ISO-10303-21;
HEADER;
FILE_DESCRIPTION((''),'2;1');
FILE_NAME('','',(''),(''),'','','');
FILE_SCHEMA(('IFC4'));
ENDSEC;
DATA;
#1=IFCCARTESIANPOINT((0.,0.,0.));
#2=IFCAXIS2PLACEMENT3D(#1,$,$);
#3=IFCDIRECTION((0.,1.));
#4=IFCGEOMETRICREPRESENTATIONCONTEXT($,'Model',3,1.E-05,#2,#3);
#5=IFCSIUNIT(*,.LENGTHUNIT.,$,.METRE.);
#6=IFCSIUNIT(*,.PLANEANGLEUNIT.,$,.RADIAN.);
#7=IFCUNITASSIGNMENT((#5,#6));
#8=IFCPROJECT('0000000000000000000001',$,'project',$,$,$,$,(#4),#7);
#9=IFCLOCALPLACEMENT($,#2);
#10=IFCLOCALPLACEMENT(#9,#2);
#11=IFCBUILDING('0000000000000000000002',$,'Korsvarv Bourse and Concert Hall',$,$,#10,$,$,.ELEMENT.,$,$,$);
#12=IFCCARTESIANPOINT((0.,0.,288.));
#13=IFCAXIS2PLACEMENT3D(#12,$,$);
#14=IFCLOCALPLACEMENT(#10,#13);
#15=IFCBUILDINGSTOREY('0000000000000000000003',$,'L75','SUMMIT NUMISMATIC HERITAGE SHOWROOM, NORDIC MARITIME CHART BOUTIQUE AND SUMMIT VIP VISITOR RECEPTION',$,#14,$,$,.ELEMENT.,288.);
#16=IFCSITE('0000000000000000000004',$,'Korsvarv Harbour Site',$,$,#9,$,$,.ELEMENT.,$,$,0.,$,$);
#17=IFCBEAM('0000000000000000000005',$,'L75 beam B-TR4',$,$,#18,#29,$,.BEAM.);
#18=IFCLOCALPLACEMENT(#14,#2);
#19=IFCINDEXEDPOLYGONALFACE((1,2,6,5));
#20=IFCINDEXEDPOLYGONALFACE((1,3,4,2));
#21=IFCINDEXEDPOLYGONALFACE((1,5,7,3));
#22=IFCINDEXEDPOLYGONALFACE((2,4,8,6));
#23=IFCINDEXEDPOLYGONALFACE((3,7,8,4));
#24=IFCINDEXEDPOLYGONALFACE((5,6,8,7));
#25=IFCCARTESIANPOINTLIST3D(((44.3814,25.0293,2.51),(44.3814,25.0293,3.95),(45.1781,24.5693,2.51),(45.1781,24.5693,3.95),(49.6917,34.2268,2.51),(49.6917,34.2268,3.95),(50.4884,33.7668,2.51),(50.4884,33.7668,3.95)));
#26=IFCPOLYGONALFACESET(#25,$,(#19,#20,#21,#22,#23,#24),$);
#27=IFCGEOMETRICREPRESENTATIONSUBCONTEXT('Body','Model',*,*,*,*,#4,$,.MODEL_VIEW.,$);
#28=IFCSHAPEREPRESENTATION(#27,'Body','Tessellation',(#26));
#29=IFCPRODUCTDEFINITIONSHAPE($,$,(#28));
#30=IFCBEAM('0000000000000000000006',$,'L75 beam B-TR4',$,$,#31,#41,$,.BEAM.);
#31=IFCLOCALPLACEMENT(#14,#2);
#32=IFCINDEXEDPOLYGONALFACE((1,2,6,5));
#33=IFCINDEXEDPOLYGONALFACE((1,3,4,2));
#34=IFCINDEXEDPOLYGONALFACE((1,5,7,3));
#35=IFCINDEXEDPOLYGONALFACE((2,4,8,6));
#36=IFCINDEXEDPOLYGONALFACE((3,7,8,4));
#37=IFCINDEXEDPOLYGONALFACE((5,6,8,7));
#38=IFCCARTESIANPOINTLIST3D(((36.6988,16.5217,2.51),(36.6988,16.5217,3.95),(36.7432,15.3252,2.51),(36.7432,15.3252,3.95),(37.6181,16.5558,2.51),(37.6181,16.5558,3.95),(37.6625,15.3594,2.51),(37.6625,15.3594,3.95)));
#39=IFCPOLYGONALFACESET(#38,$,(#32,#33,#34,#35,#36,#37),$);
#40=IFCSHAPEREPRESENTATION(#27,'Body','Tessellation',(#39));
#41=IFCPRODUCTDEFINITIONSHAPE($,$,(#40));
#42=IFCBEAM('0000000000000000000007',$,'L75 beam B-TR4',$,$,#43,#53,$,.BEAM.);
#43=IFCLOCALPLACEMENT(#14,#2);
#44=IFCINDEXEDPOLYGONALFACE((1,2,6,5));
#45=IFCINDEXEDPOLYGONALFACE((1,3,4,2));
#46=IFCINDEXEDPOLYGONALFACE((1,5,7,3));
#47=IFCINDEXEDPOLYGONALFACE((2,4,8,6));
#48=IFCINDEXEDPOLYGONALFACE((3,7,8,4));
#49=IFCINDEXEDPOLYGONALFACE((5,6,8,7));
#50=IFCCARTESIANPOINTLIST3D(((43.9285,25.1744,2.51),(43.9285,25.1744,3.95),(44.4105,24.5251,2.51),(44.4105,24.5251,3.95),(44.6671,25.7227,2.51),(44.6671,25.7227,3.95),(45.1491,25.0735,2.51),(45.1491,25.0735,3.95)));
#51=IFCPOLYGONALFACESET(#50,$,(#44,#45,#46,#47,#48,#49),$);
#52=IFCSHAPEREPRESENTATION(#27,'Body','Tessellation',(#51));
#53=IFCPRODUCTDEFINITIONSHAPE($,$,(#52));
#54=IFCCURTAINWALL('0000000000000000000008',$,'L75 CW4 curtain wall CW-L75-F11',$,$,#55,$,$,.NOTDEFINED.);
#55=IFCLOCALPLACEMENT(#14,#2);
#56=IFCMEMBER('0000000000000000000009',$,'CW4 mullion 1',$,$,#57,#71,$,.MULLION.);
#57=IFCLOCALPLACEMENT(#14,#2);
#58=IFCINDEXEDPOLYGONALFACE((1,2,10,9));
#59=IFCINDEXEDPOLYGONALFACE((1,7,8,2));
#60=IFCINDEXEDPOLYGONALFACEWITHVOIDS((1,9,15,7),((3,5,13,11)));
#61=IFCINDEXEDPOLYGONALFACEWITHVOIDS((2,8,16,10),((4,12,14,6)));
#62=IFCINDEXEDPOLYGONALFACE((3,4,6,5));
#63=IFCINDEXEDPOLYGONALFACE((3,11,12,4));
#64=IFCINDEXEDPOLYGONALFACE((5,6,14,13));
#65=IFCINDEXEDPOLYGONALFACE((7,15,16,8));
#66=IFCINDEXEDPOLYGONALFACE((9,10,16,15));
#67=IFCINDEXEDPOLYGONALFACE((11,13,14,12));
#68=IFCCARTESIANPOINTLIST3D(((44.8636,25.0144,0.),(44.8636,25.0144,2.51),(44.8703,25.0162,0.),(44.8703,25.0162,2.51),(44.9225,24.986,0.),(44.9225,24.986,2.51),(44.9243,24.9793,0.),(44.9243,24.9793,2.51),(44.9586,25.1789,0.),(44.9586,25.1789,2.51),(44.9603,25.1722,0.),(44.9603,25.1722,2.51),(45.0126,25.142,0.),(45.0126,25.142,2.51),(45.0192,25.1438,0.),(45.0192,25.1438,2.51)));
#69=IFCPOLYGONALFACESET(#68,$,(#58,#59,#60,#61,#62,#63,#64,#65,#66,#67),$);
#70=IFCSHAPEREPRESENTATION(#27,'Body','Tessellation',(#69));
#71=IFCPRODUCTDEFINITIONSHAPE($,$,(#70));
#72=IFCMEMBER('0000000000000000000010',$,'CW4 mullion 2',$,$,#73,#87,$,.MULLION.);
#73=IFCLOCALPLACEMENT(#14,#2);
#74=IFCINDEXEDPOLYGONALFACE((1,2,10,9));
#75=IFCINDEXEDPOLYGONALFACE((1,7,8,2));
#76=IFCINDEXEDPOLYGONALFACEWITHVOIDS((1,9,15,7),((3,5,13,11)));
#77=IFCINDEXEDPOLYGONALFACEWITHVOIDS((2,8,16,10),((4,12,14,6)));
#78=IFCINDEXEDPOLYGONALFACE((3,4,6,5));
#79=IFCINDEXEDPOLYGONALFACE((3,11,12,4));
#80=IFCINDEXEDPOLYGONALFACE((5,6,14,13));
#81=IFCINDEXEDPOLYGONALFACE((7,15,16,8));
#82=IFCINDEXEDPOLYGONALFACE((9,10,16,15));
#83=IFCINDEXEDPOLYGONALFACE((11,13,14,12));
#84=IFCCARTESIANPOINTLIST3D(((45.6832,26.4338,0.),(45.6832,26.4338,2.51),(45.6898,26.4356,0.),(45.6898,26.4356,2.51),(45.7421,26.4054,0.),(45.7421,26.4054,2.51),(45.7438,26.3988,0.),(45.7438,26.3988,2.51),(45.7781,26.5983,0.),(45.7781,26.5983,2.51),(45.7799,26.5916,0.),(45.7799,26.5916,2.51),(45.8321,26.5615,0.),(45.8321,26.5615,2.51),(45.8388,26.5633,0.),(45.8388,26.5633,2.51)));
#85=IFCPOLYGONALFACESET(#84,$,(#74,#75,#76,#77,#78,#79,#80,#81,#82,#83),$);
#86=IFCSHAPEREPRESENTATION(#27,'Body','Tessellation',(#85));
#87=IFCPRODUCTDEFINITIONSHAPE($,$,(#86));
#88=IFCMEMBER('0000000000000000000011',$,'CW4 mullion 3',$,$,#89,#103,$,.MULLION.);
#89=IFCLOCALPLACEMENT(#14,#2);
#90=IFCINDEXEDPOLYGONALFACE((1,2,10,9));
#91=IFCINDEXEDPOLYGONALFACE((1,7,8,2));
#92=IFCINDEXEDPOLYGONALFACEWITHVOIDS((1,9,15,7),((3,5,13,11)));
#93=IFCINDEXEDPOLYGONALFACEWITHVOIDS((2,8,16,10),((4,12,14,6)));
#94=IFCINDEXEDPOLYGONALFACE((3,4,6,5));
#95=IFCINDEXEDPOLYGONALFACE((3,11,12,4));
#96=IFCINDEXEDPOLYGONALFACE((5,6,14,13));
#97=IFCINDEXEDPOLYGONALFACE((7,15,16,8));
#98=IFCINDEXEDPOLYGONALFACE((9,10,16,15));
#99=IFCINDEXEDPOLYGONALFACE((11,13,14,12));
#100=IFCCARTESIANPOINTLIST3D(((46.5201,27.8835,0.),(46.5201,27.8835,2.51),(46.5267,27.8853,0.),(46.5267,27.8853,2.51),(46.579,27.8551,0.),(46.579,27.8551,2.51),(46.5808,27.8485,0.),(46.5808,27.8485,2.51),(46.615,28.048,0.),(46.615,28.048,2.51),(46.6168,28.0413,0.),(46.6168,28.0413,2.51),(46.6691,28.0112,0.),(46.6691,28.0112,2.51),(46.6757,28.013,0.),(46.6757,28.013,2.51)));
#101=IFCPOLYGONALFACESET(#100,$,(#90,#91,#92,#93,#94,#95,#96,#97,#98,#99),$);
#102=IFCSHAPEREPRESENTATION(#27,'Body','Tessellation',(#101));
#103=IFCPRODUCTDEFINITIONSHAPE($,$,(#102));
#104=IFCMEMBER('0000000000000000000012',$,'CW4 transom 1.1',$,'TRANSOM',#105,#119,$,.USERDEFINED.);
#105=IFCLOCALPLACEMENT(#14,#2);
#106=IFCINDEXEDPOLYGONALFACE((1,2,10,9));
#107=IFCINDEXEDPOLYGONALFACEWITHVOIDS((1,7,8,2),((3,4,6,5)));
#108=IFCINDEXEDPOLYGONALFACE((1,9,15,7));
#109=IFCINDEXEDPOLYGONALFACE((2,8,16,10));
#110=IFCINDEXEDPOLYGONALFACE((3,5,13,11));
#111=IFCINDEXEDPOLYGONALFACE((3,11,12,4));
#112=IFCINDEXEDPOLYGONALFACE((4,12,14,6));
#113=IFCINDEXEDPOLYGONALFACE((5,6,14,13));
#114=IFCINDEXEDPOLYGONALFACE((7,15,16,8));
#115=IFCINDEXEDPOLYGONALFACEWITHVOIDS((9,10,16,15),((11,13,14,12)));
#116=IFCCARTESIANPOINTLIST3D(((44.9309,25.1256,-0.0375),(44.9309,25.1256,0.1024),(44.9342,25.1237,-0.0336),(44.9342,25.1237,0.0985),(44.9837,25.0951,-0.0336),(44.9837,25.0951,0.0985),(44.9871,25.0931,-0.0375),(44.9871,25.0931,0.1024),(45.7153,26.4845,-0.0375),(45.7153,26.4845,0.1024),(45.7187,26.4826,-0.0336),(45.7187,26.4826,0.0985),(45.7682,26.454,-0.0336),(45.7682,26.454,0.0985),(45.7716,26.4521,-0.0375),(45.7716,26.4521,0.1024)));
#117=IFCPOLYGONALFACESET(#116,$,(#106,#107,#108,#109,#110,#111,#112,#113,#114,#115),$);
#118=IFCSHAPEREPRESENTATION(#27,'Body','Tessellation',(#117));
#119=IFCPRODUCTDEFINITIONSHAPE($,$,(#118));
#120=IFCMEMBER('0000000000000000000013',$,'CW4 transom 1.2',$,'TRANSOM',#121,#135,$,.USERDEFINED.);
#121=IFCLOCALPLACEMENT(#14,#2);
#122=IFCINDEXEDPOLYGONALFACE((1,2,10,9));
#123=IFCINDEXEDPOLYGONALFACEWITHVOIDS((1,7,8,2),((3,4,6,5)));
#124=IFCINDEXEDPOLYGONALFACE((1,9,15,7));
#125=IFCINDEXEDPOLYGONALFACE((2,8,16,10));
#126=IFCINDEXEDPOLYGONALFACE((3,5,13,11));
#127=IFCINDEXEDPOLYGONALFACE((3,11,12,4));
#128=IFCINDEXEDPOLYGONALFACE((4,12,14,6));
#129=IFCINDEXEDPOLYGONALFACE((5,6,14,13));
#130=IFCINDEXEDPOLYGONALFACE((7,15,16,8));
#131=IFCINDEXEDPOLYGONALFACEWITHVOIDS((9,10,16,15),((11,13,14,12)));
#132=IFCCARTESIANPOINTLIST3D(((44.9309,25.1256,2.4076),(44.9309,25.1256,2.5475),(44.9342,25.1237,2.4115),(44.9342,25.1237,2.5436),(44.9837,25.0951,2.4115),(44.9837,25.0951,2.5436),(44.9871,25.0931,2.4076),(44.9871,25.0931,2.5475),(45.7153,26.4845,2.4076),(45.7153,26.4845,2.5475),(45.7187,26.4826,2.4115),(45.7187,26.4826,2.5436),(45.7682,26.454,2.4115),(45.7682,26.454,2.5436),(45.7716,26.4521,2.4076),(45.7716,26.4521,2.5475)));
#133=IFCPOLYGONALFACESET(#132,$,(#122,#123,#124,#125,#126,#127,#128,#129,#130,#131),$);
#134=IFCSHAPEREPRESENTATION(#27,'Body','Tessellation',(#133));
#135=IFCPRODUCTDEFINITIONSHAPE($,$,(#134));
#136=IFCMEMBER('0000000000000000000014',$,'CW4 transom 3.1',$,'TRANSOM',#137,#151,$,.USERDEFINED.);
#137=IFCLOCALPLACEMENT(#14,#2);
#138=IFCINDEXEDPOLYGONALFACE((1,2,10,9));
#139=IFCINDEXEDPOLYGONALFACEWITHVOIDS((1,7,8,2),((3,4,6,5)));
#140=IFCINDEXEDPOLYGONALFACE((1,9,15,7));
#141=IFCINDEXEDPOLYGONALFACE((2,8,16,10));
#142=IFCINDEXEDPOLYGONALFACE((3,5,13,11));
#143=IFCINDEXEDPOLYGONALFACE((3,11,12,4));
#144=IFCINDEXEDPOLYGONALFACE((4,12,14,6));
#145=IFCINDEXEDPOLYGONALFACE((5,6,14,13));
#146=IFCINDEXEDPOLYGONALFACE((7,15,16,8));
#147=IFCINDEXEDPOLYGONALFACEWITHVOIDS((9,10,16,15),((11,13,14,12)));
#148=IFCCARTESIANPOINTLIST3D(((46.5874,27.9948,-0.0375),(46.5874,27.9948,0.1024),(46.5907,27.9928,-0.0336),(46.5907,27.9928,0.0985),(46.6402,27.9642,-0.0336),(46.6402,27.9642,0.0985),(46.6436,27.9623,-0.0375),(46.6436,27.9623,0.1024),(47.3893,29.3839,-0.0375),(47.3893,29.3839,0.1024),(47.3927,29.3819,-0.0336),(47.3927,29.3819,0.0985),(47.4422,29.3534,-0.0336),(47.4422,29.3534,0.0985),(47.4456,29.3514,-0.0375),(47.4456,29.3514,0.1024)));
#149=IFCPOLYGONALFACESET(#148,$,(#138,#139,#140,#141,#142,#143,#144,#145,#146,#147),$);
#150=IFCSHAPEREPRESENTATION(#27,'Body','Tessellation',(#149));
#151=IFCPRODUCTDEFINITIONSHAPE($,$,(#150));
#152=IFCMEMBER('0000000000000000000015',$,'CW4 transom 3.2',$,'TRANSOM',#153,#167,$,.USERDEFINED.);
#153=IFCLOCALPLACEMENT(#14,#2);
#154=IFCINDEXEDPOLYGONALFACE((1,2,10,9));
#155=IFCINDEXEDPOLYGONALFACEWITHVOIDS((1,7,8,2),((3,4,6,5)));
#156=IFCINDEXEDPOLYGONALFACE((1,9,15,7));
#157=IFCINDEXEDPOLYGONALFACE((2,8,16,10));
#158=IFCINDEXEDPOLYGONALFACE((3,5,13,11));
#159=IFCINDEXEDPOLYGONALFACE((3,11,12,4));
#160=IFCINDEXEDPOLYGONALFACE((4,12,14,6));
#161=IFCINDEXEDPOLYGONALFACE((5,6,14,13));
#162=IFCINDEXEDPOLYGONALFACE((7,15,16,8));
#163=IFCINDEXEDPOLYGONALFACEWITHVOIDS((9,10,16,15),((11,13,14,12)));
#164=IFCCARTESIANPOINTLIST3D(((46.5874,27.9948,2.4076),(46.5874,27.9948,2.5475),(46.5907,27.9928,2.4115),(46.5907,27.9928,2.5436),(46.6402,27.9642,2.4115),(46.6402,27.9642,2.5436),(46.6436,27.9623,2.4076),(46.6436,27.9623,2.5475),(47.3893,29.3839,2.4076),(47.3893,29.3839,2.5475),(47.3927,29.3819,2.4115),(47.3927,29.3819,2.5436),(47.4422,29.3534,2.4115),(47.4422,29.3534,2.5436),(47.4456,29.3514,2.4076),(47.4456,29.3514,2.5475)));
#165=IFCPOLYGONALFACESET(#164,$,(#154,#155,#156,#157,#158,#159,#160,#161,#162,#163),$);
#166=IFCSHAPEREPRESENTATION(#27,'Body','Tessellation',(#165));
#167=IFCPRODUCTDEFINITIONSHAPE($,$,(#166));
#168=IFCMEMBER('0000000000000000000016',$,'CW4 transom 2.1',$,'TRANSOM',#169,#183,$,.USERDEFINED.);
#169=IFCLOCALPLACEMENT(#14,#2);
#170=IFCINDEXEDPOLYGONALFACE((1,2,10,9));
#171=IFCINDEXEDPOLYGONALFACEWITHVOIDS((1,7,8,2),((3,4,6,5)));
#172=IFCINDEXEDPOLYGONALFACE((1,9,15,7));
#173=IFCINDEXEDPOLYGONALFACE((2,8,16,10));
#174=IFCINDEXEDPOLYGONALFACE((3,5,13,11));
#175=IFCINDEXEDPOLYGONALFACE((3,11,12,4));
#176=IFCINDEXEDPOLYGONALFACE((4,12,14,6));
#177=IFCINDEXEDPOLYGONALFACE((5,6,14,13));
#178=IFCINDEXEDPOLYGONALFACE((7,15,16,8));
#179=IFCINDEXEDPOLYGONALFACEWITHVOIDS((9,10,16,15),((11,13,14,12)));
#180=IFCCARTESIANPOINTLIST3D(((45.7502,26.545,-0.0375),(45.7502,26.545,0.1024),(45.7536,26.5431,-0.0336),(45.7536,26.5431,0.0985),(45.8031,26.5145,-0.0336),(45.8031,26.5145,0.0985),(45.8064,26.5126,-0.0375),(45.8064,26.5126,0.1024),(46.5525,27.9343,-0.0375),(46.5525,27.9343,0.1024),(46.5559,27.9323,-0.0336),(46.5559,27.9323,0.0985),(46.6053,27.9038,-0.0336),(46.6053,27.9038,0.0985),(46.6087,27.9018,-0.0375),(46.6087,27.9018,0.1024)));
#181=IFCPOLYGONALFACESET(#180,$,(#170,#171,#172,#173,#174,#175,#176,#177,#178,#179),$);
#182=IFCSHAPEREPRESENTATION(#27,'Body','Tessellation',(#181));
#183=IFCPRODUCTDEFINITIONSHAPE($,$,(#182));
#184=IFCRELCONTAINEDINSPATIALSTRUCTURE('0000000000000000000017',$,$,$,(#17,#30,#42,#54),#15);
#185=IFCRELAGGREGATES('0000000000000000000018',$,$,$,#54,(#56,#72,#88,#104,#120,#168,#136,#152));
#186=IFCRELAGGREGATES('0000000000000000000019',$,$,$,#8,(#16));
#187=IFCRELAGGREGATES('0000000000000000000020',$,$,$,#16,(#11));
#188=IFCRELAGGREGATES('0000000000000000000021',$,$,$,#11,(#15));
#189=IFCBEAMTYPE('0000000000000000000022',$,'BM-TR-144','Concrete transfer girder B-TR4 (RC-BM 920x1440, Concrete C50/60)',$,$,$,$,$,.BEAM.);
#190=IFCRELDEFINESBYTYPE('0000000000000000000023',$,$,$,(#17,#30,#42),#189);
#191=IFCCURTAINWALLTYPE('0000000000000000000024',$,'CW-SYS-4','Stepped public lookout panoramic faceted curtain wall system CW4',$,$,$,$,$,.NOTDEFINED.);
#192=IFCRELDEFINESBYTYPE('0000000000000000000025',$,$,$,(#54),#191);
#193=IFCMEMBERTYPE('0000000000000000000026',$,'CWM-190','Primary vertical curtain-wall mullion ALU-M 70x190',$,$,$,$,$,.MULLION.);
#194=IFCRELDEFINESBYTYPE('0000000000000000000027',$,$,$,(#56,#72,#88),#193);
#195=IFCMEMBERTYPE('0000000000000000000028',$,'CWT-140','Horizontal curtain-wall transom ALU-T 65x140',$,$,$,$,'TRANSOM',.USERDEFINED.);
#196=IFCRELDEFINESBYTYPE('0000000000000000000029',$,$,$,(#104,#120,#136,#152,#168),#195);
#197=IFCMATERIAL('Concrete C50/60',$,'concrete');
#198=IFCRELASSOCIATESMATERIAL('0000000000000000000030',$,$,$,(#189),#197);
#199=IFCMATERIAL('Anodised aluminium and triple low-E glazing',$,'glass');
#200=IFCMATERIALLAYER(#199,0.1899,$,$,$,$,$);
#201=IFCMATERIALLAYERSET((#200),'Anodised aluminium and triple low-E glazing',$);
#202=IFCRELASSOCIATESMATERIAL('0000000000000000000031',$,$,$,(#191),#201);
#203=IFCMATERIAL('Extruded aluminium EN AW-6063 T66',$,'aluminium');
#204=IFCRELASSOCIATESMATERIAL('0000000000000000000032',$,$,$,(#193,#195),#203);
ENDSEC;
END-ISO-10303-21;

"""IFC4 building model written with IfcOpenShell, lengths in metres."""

from ifc_helpers import new_model, si_unit, direction, frame, origin, origin_2d, place, context, subcontext, project, spatial, rectangle, hollow_rectangle, extrude, source, transform, mapped, material, layer, layer_set, material_profile, profile_set, type_object, element, aggregate, save


model = new_model("IFC4")

# Units and contexts
model_context = context("Model", 3, precision=1e-05, world=origin(), true_north=direction((0.0, 1.0)))
body_context = subcontext(model_context, "Body", "Model", "MODEL_VIEW")
ifc_project = project(units=[si_unit("LENGTHUNIT", "METRE"), si_unit("PLANEANGLEUNIT", "RADIAN")], contexts=[model_context])

# Site, building, storey
site_placement = place(None, origin())
site = spatial("IfcSite", under=ifc_project, at=site_placement, Name="Korsvarv Harbour Site", CompositionType="ELEMENT", RefElevation=0.0)
building_placement = place(site_placement, origin())
building = spatial("IfcBuilding", under=site, at=building_placement, Name="Korsvarv Bourse and Concert Hall", CompositionType="ELEMENT")
storey_placement = place(building_placement, frame((0.0, 0.0, 288.0)))
storey = spatial("IfcBuildingStorey", under=building, at=storey_placement, Name="L75", Description="SUMMIT NUMISMATIC HERITAGE SHOWROOM, NORDIC MARITIME CHART BOUTIQUE AND SUMMIT VIP VISITOR RECEPTION", CompositionType="ELEMENT", Elevation=288.0)

# Beams
ifc_material_1 = material(Name="Concrete C50/60", Category="concrete")
ifc_material_profile_1 = material_profile(ifc_material_1, rectangle(XDim=0.9199, YDim=1.4399, at=origin_2d()), Name="RC-BM 920x1440")
ifc_profile_set_1 = profile_set([ifc_material_profile_1], Name="Concrete C50/60")
beam_type = type_object("IfcBeamType", Name="BM-TR-144", Description="Concrete transfer girder B-TR4 (RC-BM 920x1440, Concrete C50/60)", PredefinedType="BEAM", material=ifc_profile_set_1)
shared_shape_1 = source(origin(), body_context, "Body", "SweptSolid", [
    extrude(rectangle(XDim=0.9199, YDim=1.4399, at=origin_2d()), origin(), (0.0, 0.0, 1.0), 10.6204),
])
beam_1_placement = place(storey_placement, frame((44.7798, 24.7993, 3.23), z_axis=(0.500008, 0.866021, 0.0), x_axis=(-0.866021, 0.500008, 0.0)))
element("IfcBeam", 1, at=beam_1_placement, inside=storey, type_object=beam_type, Name="L75 beam B-TR4", PredefinedType="BEAM", context=body_context, shape_type="MappedRepresentation", body=[
    mapped(shared_shape_1, transform((0.0, 0.0, 0.0), scale=1.0)),
])
shared_shape_2 = source(origin(), body_context, "Body", "SweptSolid", [
    extrude(rectangle(XDim=0.9199, YDim=1.4399, at=origin_2d()), origin(), (0.0, 0.0, 1.0), 1.1973),
])
beam_2_placement = place(storey_placement, frame((37.2029, 15.3423, 3.23), z_axis=(-0.03711, 0.999311, 0.0), x_axis=(-0.999311, -0.03711, 0.0)))
element("IfcBeam", 2, at=beam_2_placement, inside=storey, type_object=beam_type, Name="L75 beam B-TR4", PredefinedType="BEAM", context=body_context, shape_type="MappedRepresentation", body=[
    mapped(shared_shape_2, transform((0.0, 0.0, 0.0), scale=1.0)),
])
shared_shape_3 = source(origin(), body_context, "Body", "SweptSolid", [
    extrude(rectangle(XDim=0.9199, YDim=1.4399, at=origin_2d()), origin(), (0.0, 0.0, 1.0), 0.8086),
])
beam_3_placement = place(storey_placement, frame((44.7798, 24.7993, 3.23), z_axis=(-0.596079, 0.802926, 0.0), x_axis=(-0.802926, -0.596079, 0.0)))
element("IfcBeam", 3, at=beam_3_placement, inside=storey, type_object=beam_type, Name="L75 beam B-TR4", PredefinedType="BEAM", context=body_context, shape_type="MappedRepresentation", body=[
    mapped(shared_shape_3, transform((0.0, 0.0, 0.0), scale=1.0)),
])

# Curtain wall, members
ifc_material_2 = material(Name="Anodised aluminium and triple low-E glazing", Category="glass")
ifc_layer_1 = layer(ifc_material_2, 0.1899)
ifc_layer_set_1 = layer_set([ifc_layer_1], Name="Anodised aluminium and triple low-E glazing")
curtain_wall_type = type_object("IfcCurtainWallType", Name="CW-SYS-4", Description="Stepped public lookout panoramic faceted curtain wall system CW4", PredefinedType="NOTDEFINED", material=ifc_layer_set_1)
curtain_wall_placement = place(storey_placement, origin())
curtain_wall = element("IfcCurtainWall", 4, at=curtain_wall_placement, inside=storey, type_object=curtain_wall_type, Name="L75 CW4 curtain wall CW-L75-F11", PredefinedType="NOTDEFINED")
ifc_material_3 = material(Name="Extruded aluminium EN AW-6063 T66", Category="aluminium")
ifc_material_profile_2 = material_profile(ifc_material_3, hollow_rectangle(XDim=0.0701, YDim=0.1899, WallThickness=0.0049, at=origin_2d()), Name="ALU-M 70x190")
ifc_profile_set_2 = profile_set([ifc_material_profile_2], Name="Extruded aluminium EN AW-6063 T66")
member_type_1 = type_object("IfcMemberType", Name="CWM-190", Description="Primary vertical curtain-wall mullion ALU-M 70x190", PredefinedType="MULLION", material=ifc_profile_set_2)
shared_shape_4 = source(origin(), body_context, "Body", "SweptSolid", [
    extrude(hollow_rectangle(XDim=0.0701, YDim=0.1899, WallThickness=0.0049, at=origin_2d()), origin(), (0.0, 0.0, 1.0), 2.51),
])
member_1_placement = place(storey_placement, frame((44.9414, 25.0791, 0.0), z_axis=(0.0, 0.0, 1.0), x_axis=(-0.866023, 0.500005, 0.0)))
member_1 = element("IfcMember", 5, at=member_1_placement, type_object=member_type_1, Name="CW4 mullion 1", PredefinedType="MULLION", context=body_context, shape_type="MappedRepresentation", body=[
    mapped(shared_shape_4, transform((0.0, 0.0, 0.0), scale=1.0)),
])
member_2_placement = place(storey_placement, frame((45.761, 26.4985, 0.0), z_axis=(0.0, 0.0, 1.0), x_axis=(-0.866023, 0.500005, 0.0)))
member_2 = element("IfcMember", 6, at=member_2_placement, type_object=member_type_1, Name="CW4 mullion 2", PredefinedType="MULLION", context=body_context, shape_type="MappedRepresentation", body=[
    mapped(shared_shape_4, transform((0.0, 0.0, 0.0), scale=1.0)),
])
member_3_placement = place(storey_placement, frame((46.5979, 27.9482, 0.0), z_axis=(0.0, 0.0, 1.0), x_axis=(-0.866023, 0.500005, 0.0)))
member_3 = element("IfcMember", 7, at=member_3_placement, type_object=member_type_1, Name="CW4 mullion 3", PredefinedType="MULLION", context=body_context, shape_type="MappedRepresentation", body=[
    mapped(shared_shape_4, transform((0.0, 0.0, 0.0), scale=1.0)),
])
ifc_material_profile_3 = material_profile(ifc_material_3, hollow_rectangle(XDim=0.0649, YDim=0.1399, WallThickness=0.0039, at=origin_2d()), Name="ALU-T 65x140")
ifc_profile_set_3 = profile_set([ifc_material_profile_3], Name="Extruded aluminium EN AW-6063 T66")
member_type_2 = type_object("IfcMemberType", Name="CWT-140", Description="Horizontal curtain-wall transom ALU-T 65x140", ElementType="TRANSOM", PredefinedType="USERDEFINED", material=ifc_profile_set_3)
shared_shape_5 = source(origin(), body_context, "Body", "SweptSolid", [
    extrude(hollow_rectangle(XDim=0.0649, YDim=0.1399, WallThickness=0.0039, at=origin_2d()), origin(), (0.0, 0.0, 1.0), 1.5691),
])
member_4_placement = place(storey_placement, frame((44.959, 25.1094, 0.0325), z_axis=(0.499938, 0.866061, 0.0), x_axis=(-0.866061, 0.499938, 0.0)))
member_4 = element("IfcMember", 8, at=member_4_placement, type_object=member_type_2, Name="CW4 transom 1.1", ObjectType="TRANSOM", PredefinedType="USERDEFINED", context=body_context, shape_type="MappedRepresentation", body=[
    mapped(shared_shape_5, transform((0.0, 0.0, 0.0), scale=1.0)),
])
member_5_placement = place(storey_placement, frame((44.959, 25.1094, 2.4775), z_axis=(0.499938, 0.866061, 0.0), x_axis=(-0.866061, 0.499938, 0.0)))
member_5 = element("IfcMember", 9, at=member_5_placement, type_object=member_type_2, Name="CW4 transom 1.2", ObjectType="TRANSOM", PredefinedType="USERDEFINED", context=body_context, shape_type="MappedRepresentation", body=[
    mapped(shared_shape_5, transform((0.0, 0.0, 0.0), scale=1.0)),
])
shared_shape_6 = source(origin(), body_context, "Body", "SweptSolid", [
    extrude(hollow_rectangle(XDim=0.0649, YDim=0.1399, WallThickness=0.0039, at=origin_2d()), origin(), (0.0, 0.0, 1.0), 1.604),
])
member_6_placement = place(storey_placement, frame((46.6155, 27.9785, 0.0325), z_axis=(0.499986, 0.866034, 0.0), x_axis=(-0.866034, 0.499986, 0.0)))
member_6 = element("IfcMember", 10, at=member_6_placement, type_object=member_type_2, Name="CW4 transom 3.1", ObjectType="TRANSOM", PredefinedType="USERDEFINED", context=body_context, shape_type="MappedRepresentation", body=[
    mapped(shared_shape_6, transform((0.0, 0.0, 0.0), scale=1.0)),
])
member_7_placement = place(storey_placement, frame((46.6155, 27.9785, 2.4775), z_axis=(0.499986, 0.866034, 0.0), x_axis=(-0.866034, 0.499986, 0.0)))
member_7 = element("IfcMember", 11, at=member_7_placement, type_object=member_type_2, Name="CW4 transom 3.2", ObjectType="TRANSOM", PredefinedType="USERDEFINED", context=body_context, shape_type="MappedRepresentation", body=[
    mapped(shared_shape_6, transform((0.0, 0.0, 0.0), scale=1.0)),
])
shared_shape_7 = source(origin(), body_context, "Body", "SweptSolid", [
    extrude(hollow_rectangle(XDim=0.0649, YDim=0.1399, WallThickness=0.0039, at=origin_2d()), origin(), (0.0, 0.0, 1.0), 1.6042),
])
member_8_placement = place(storey_placement, frame((45.7783, 26.5288, 0.0325), z_axis=(0.5001, 0.865968, 0.0), x_axis=(-0.865968, 0.5001, 0.0)))
member_8 = element("IfcMember", 12, at=member_8_placement, type_object=member_type_2, Name="CW4 transom 2.1", ObjectType="TRANSOM", PredefinedType="USERDEFINED", context=body_context, shape_type="MappedRepresentation", body=[
    mapped(shared_shape_7, transform((0.0, 0.0, 0.0), scale=1.0)),
])
aggregate(curtain_wall, [member_1, member_2, member_3, member_4, member_5, member_8, member_6, member_7])

save(model, "model.ifc")
